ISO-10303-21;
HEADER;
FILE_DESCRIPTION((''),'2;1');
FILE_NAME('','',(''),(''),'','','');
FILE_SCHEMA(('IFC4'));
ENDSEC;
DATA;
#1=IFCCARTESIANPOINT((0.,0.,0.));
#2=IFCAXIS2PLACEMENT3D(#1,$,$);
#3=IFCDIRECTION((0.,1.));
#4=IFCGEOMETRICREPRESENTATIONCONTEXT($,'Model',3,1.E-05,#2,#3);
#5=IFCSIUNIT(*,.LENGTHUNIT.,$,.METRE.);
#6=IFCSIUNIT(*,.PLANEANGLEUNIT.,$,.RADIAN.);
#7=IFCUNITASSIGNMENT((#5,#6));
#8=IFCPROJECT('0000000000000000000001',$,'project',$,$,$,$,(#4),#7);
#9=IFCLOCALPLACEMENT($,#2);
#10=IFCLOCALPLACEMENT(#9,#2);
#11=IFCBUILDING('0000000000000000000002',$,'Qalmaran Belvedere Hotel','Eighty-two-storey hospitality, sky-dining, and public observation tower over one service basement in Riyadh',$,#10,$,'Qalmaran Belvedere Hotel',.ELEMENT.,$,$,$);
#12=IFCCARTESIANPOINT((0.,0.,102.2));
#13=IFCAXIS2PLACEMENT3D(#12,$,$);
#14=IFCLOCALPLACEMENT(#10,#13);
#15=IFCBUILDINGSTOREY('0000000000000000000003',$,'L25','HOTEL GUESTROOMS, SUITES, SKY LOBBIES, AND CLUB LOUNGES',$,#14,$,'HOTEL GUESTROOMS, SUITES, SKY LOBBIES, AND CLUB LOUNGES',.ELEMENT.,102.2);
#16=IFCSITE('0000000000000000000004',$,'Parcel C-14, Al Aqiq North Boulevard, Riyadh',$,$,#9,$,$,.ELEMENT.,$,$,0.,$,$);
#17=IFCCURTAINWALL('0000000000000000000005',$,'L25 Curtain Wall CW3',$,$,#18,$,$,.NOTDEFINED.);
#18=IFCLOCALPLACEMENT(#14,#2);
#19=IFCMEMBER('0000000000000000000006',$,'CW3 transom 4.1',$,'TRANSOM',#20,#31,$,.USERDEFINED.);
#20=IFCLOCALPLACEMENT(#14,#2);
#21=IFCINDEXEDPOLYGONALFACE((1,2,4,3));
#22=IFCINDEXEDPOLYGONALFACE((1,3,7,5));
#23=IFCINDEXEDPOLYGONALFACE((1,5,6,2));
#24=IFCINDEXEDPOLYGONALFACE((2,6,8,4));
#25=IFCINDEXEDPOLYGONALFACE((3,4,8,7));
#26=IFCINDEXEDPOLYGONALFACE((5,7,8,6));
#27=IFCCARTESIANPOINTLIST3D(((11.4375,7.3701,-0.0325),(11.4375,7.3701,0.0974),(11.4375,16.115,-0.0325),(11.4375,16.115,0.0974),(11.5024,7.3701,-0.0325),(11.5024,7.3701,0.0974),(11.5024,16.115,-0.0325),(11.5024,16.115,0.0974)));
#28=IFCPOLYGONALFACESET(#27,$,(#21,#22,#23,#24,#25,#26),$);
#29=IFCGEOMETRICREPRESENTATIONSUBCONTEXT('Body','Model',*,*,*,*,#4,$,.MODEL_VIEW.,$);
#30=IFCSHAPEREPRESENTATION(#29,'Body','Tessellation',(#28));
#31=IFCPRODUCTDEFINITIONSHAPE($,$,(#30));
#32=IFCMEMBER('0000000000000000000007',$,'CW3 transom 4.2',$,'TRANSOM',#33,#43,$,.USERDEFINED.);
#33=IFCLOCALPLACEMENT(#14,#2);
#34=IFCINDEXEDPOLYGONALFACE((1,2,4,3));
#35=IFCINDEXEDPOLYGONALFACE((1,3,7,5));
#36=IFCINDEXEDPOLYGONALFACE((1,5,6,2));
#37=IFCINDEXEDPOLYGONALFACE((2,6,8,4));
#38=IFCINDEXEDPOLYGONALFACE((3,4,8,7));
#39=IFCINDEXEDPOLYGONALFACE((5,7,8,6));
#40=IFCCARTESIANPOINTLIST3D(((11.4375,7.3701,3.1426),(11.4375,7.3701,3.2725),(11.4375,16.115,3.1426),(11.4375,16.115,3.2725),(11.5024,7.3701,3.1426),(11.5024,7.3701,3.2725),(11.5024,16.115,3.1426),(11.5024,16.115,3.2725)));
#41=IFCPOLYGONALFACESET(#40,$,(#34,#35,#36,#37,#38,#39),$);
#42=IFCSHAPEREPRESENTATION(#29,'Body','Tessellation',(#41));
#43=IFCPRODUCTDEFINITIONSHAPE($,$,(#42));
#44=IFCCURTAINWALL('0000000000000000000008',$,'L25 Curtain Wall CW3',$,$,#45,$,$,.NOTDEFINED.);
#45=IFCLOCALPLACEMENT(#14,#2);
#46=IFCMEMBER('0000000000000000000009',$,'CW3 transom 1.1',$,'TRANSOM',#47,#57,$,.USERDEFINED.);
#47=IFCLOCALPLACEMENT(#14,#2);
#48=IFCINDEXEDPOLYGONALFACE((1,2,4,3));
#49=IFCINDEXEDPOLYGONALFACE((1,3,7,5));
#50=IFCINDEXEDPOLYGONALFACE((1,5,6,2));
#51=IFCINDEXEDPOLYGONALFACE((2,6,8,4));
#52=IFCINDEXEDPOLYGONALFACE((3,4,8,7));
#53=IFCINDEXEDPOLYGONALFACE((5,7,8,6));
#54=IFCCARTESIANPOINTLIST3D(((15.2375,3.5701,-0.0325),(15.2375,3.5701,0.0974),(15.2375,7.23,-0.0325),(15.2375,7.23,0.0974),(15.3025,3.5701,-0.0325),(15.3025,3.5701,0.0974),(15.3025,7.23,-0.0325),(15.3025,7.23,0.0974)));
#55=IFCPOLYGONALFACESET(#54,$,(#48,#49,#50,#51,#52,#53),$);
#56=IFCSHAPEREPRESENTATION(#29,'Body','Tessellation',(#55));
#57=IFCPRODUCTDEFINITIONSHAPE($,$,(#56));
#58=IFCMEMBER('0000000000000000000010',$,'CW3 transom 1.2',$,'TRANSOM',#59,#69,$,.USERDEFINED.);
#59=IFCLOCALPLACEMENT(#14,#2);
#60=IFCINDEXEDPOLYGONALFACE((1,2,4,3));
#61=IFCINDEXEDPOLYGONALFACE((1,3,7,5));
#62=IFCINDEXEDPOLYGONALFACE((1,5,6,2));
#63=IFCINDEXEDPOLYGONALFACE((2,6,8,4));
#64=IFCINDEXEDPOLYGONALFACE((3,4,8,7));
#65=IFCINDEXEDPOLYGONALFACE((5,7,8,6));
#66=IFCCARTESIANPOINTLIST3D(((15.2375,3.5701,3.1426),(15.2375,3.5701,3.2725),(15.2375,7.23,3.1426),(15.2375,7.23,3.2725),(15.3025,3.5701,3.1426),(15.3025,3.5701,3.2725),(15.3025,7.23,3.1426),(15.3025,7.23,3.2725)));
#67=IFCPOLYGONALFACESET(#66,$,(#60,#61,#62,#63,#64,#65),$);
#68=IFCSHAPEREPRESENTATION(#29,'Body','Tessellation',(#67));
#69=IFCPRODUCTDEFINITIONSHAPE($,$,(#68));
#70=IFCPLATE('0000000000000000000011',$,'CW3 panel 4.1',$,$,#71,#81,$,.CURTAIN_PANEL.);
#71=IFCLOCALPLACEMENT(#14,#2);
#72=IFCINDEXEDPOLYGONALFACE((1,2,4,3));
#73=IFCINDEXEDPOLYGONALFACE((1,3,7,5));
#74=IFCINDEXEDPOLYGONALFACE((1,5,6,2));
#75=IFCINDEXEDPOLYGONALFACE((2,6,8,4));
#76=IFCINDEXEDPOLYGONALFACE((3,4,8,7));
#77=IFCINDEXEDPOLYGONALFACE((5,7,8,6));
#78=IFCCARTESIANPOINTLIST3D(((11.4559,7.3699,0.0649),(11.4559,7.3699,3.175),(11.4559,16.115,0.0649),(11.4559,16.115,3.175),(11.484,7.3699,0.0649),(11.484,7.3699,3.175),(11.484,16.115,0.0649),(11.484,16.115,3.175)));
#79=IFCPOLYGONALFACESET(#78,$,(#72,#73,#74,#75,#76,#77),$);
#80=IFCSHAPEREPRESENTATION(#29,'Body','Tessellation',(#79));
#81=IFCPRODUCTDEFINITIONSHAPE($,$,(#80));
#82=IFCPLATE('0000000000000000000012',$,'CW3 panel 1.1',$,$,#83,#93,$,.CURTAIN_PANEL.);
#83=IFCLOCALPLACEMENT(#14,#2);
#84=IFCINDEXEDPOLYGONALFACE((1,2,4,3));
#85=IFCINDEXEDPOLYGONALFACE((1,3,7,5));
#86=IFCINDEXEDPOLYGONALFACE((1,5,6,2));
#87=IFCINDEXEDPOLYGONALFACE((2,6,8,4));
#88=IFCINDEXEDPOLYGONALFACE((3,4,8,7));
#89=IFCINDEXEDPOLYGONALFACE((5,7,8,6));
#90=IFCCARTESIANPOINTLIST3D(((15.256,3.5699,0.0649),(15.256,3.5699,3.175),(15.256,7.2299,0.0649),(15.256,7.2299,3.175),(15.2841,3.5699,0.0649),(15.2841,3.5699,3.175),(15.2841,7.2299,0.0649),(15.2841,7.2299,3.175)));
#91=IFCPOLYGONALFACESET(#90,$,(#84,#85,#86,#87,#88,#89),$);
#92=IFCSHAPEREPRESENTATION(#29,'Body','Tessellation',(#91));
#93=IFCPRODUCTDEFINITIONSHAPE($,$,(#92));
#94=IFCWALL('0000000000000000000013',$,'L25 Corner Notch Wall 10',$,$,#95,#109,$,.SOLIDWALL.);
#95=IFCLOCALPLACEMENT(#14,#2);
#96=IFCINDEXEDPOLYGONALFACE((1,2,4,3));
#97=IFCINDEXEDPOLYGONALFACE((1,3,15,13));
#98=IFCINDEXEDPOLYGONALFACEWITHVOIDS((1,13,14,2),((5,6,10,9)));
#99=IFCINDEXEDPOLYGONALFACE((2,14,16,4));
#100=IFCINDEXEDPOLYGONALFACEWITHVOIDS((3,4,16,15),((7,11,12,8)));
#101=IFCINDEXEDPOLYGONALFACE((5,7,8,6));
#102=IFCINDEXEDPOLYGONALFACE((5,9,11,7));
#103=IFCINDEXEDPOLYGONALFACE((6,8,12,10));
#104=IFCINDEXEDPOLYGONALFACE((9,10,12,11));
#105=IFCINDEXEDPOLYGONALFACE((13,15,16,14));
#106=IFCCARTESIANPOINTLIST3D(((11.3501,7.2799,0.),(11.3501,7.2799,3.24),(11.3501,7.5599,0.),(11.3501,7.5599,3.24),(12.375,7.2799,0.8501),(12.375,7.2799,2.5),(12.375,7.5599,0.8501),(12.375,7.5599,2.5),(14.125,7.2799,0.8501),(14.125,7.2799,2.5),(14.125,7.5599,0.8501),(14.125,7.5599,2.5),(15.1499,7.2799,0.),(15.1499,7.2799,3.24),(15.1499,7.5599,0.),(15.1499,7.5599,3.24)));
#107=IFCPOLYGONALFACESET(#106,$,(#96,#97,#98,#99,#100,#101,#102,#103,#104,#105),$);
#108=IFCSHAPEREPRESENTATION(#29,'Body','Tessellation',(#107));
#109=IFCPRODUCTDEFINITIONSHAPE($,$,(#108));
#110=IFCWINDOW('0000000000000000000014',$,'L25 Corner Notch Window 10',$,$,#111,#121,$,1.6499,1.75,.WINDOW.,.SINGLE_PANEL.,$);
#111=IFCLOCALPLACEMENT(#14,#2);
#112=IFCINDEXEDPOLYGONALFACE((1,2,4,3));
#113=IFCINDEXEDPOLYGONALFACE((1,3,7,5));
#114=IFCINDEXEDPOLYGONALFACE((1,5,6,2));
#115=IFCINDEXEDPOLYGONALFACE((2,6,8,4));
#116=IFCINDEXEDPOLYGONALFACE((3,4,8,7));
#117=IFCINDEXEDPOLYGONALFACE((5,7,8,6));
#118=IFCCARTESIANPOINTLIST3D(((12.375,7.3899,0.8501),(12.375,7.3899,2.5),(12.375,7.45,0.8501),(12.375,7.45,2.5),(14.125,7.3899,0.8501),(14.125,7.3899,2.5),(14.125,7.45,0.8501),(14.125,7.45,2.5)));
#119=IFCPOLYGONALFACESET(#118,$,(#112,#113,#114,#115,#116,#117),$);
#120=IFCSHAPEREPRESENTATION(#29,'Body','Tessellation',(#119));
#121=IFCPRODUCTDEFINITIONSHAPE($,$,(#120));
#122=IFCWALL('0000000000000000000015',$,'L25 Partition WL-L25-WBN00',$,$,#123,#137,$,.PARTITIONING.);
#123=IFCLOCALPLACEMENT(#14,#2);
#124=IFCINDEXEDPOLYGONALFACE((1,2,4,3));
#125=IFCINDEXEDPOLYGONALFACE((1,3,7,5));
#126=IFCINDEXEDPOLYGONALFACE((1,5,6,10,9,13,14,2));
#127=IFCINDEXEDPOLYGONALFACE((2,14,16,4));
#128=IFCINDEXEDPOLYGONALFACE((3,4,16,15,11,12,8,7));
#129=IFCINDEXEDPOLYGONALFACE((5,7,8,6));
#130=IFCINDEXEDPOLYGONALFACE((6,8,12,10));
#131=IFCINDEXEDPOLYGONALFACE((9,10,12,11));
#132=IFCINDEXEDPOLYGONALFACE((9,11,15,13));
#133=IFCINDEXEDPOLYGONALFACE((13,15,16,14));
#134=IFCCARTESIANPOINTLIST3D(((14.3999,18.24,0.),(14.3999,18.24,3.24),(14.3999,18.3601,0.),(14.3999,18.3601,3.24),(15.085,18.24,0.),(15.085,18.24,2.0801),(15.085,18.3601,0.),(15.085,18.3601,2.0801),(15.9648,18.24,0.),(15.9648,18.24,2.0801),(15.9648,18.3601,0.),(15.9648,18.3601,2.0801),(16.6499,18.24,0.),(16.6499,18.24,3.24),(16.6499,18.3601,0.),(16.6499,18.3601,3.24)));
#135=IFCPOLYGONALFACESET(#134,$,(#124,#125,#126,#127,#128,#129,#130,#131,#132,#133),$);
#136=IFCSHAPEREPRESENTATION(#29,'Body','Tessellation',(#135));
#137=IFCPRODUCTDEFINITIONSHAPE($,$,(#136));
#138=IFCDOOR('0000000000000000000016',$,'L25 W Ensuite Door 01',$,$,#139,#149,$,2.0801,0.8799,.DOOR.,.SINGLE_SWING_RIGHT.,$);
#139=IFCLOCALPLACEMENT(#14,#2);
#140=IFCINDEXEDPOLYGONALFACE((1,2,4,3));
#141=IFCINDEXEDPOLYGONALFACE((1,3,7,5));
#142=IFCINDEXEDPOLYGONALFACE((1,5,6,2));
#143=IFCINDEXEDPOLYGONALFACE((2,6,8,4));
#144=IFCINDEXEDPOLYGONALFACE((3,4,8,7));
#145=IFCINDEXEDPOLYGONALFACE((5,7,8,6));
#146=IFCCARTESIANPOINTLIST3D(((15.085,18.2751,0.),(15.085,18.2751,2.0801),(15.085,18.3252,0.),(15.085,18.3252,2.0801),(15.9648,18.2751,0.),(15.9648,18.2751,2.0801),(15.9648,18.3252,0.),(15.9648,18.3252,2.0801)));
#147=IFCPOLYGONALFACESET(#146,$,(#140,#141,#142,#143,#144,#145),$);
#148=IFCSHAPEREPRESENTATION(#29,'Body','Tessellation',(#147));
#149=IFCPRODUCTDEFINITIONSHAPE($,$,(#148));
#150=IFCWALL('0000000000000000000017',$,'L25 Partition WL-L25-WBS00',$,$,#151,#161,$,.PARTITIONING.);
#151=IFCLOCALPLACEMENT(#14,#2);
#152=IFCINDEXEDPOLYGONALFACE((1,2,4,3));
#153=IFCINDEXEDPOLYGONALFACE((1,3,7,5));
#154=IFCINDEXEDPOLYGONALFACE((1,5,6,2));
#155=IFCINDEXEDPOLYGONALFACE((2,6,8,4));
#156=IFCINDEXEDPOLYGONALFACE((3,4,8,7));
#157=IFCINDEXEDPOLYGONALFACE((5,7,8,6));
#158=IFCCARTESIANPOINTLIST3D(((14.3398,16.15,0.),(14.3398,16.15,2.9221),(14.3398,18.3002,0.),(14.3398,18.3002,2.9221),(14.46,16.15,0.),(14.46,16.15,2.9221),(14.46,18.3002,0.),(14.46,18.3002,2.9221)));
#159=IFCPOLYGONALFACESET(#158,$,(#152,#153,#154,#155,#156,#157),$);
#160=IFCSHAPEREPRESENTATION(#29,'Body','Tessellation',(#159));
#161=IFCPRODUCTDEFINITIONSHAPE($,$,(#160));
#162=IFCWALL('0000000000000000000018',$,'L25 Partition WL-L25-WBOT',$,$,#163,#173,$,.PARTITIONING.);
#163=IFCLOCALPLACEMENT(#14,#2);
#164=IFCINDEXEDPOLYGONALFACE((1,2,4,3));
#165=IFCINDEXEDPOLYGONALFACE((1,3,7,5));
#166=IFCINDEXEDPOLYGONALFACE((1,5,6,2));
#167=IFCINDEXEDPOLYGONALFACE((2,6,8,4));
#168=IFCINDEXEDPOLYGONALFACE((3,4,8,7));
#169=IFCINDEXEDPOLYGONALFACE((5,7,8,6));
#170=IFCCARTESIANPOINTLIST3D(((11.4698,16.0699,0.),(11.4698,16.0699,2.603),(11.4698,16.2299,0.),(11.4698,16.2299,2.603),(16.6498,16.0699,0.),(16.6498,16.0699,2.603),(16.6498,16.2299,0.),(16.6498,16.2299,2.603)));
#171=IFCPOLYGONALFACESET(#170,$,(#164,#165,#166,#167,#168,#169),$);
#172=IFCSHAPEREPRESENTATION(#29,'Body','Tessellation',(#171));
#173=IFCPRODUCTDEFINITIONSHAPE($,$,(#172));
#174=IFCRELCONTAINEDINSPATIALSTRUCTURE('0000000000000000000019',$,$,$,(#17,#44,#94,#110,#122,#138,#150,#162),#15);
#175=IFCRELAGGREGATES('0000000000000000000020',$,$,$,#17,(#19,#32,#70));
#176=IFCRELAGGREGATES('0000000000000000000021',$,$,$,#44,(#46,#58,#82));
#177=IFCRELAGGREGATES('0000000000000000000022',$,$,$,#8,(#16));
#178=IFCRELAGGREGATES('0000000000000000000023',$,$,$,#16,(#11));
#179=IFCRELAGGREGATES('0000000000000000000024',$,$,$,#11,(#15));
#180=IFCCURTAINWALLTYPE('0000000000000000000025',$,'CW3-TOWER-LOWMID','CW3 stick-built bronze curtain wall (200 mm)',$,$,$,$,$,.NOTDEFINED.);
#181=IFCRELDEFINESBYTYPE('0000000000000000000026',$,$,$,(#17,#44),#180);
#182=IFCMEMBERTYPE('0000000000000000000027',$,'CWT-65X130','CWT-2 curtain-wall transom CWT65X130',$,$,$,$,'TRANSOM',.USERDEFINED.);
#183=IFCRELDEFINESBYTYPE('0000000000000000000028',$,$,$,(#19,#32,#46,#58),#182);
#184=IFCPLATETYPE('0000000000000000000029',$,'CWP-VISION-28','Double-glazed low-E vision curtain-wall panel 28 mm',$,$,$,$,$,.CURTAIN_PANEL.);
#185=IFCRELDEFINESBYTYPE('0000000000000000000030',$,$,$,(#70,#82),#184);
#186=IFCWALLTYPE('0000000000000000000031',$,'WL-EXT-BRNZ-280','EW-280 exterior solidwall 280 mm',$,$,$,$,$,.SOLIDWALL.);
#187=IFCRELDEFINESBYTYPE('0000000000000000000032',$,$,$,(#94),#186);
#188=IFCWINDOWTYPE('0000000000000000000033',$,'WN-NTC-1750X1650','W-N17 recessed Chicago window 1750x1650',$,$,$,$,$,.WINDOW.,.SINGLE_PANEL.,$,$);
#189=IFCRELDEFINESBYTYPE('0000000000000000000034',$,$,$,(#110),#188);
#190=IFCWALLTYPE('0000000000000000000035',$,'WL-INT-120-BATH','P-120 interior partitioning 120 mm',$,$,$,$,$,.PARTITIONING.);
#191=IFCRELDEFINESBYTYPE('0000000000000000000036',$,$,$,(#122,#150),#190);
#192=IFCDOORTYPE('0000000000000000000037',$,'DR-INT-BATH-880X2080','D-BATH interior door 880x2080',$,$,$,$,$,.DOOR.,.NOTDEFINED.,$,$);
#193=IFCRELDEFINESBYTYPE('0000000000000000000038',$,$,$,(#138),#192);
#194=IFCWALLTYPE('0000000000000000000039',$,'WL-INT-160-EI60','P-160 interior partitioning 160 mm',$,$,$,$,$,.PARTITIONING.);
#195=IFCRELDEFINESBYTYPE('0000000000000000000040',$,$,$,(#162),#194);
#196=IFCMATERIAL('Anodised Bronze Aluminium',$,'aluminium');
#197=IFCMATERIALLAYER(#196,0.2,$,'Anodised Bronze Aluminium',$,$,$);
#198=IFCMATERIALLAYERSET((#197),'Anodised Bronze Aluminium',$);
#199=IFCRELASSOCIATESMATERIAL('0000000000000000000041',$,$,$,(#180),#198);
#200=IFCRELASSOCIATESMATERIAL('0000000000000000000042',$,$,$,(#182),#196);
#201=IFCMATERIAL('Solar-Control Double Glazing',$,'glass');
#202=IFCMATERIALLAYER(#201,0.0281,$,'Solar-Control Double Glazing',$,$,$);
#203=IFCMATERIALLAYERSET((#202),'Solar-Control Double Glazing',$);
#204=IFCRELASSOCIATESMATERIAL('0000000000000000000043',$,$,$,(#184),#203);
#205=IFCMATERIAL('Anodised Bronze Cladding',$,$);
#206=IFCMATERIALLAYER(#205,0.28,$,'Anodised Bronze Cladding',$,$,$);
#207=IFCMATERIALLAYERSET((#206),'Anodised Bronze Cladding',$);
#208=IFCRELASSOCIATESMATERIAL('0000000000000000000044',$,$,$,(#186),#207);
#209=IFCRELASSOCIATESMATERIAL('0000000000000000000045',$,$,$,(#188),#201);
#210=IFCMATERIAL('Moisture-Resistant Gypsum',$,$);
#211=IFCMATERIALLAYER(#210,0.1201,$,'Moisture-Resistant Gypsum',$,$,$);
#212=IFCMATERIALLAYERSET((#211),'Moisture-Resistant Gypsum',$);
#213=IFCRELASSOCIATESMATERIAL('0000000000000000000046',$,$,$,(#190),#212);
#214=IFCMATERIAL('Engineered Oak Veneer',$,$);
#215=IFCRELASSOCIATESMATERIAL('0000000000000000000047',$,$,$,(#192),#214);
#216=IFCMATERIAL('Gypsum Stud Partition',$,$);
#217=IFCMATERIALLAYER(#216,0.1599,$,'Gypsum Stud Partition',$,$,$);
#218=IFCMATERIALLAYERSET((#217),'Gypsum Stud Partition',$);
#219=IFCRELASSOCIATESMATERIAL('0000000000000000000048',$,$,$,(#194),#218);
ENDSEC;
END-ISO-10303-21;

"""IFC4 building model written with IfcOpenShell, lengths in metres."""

from ifc_helpers import new_model, si_unit, direction, frame, frame_2d, origin, origin_2d, place, context, subcontext, project, spatial, rectangle, extrude, material, layer, layer_set, material_profile, profile_set, type_object, element, fill, aggregate, save


model = new_model("IFC4")

# Units and contexts
model_context = context("Model", 3, precision=1e-05, world=origin(), true_north=direction((0.0, 1.0)))
body_context = subcontext(model_context, "Body", "Model", "MODEL_VIEW")
ifc_project = project(units=[si_unit("LENGTHUNIT", "METRE"), si_unit("PLANEANGLEUNIT", "RADIAN")], contexts=[model_context])

# Site, building, storey
site_placement = place(None, origin())
site = spatial("IfcSite", under=ifc_project, at=site_placement, Name="Parcel C-14, Al Aqiq North Boulevard, Riyadh", CompositionType="ELEMENT", RefElevation=0.0)
building_placement = place(site_placement, origin())
building = spatial("IfcBuilding", under=site, at=building_placement, Name="Qalmaran Belvedere Hotel", Description="Eighty-two-storey hospitality, sky-dining, and public observation tower over one service basement in Riyadh", LongName="Qalmaran Belvedere Hotel", CompositionType="ELEMENT")
storey_placement = place(building_placement, frame((0.0, 0.0, 102.2)))
storey = spatial("IfcBuildingStorey", under=building, at=storey_placement, Name="L25", Description="HOTEL GUESTROOMS, SUITES, SKY LOBBIES, AND CLUB LOUNGES", LongName="HOTEL GUESTROOMS, SUITES, SKY LOBBIES, AND CLUB LOUNGES", CompositionType="ELEMENT", Elevation=102.2)

# Curtain wall
ifc_material_1 = material(Name="Anodised Bronze Aluminium", Category="aluminium")
ifc_layer_1 = layer(ifc_material_1, 0.2, Name="Anodised Bronze Aluminium")
ifc_layer_set_1 = layer_set([ifc_layer_1], Name="Anodised Bronze Aluminium")
curtain_wall_type = type_object("IfcCurtainWallType", Name="CW3-TOWER-LOWMID", Description="CW3 stick-built bronze curtain wall (200 mm)", PredefinedType="NOTDEFINED", material=ifc_layer_set_1)
curtain_wall_1_placement = place(storey_placement, origin())
curtain_wall_1 = element("IfcCurtainWall", 1, at=curtain_wall_1_placement, inside=storey, type_object=curtain_wall_type, Name="L25 Curtain Wall CW3", PredefinedType="NOTDEFINED")

# Shared definitions
ifc_material_profile_1 = material_profile(ifc_material_1, rectangle(XDim=0.0649, YDim=0.1299, at=origin_2d()), Name="CWT65X130")
ifc_profile_set_1 = profile_set([ifc_material_profile_1], Name="Anodised Bronze Aluminium")
member_type_1 = type_object("IfcMemberType", Name="CWT-65X130", Description="CWT-2 curtain-wall transom CWT65X130", ElementType="TRANSOM", PredefinedType="USERDEFINED", material=ifc_profile_set_1)

# Members
member_1_placement = place(storey_placement, frame((11.47, 16.115, 0.0325), z_axis=(0.0, -1.0, 0.0), x_axis=(1.0, 0.0, 0.0)))
member_1 = element("IfcMember", 2, at=member_1_placement, type_object=member_type_1, Name="CW3 transom 4.1", ObjectType="TRANSOM", PredefinedType="USERDEFINED", context=body_context, shape_type="SweptSolid", body=[
    extrude(rectangle(XDim=0.0649, YDim=0.1299, at=origin_2d()), origin(), (0.0, 0.0, 1.0), 8.7449),
])
member_2_placement = place(storey_placement, frame((11.47, 16.115, 3.2075), z_axis=(0.0, -1.0, 0.0), x_axis=(1.0, 0.0, 0.0)))
member_2 = element("IfcMember", 3, at=member_2_placement, type_object=member_type_1, Name="CW3 transom 4.2", ObjectType="TRANSOM", PredefinedType="USERDEFINED", context=body_context, shape_type="SweptSolid", body=[
    extrude(rectangle(XDim=0.0649, YDim=0.1299, at=origin_2d()), origin(), (0.0, 0.0, 1.0), 8.7449),
])

# Curtain wall, members
curtain_wall_2_placement = place(storey_placement, origin())
curtain_wall_2 = element("IfcCurtainWall", 4, at=curtain_wall_2_placement, inside=storey, type_object=curtain_wall_type, Name="L25 Curtain Wall CW3", PredefinedType="NOTDEFINED")
member_3_placement = place(storey_placement, frame((15.27, 7.23, 0.0325), z_axis=(0.0, -1.0, 0.0), x_axis=(1.0, 0.0, 0.0)))
member_3 = element("IfcMember", 5, at=member_3_placement, type_object=member_type_1, Name="CW3 transom 1.1", ObjectType="TRANSOM", PredefinedType="USERDEFINED", context=body_context, shape_type="SweptSolid", body=[
    extrude(rectangle(XDim=0.0649, YDim=0.1299, at=origin_2d()), origin(), (0.0, 0.0, 1.0), 3.6599),
])
member_4_placement = place(storey_placement, frame((15.27, 7.23, 3.2075), z_axis=(0.0, -1.0, 0.0), x_axis=(1.0, 0.0, 0.0)))
member_4 = element("IfcMember", 6, at=member_4_placement, type_object=member_type_1, Name="CW3 transom 1.2", ObjectType="TRANSOM", PredefinedType="USERDEFINED", context=body_context, shape_type="SweptSolid", body=[
    extrude(rectangle(XDim=0.0649, YDim=0.1299, at=origin_2d()), origin(), (0.0, 0.0, 1.0), 3.6599),
])

# Plates
ifc_material_2 = material(Name="Solar-Control Double Glazing", Category="glass")
ifc_layer_2 = layer(ifc_material_2, 0.0281, Name="Solar-Control Double Glazing")
ifc_layer_set_2 = layer_set([ifc_layer_2], Name="Solar-Control Double Glazing")
plate_type = type_object("IfcPlateType", Name="CWP-VISION-28", Description="Double-glazed low-E vision curtain-wall panel 28 mm", PredefinedType="CURTAIN_PANEL", material=ifc_layer_set_2)
plate_1_placement = place(storey_placement, frame((11.47, 11.7424, 0.0649), z_axis=(0.0, 0.0, 1.0), x_axis=(0.0, -1.0, 0.0)))
plate_1 = element("IfcPlate", 7, at=plate_1_placement, type_object=plate_type, Name="CW3 panel 4.1", PredefinedType="CURTAIN_PANEL", context=body_context, shape_type="SweptSolid", body=[
    extrude(rectangle(XDim=8.7451, YDim=0.0281, at=origin_2d()), origin(), (0.0, 0.0, 1.0), 3.1101),
])
aggregate(curtain_wall_1, [member_1, member_2, plate_1])
plate_2_placement = place(storey_placement, frame((15.27, 5.3999, 0.0649), z_axis=(0.0, 0.0, 1.0), x_axis=(0.0, -1.0, 0.0)))
plate_2 = element("IfcPlate", 8, at=plate_2_placement, type_object=plate_type, Name="CW3 panel 1.1", PredefinedType="CURTAIN_PANEL", context=body_context, shape_type="SweptSolid", body=[
    extrude(rectangle(XDim=3.6599, YDim=0.0281, at=origin_2d()), origin(), (0.0, 0.0, 1.0), 3.1101),
])
aggregate(curtain_wall_2, [member_3, member_4, plate_2])

# Wall, opening, window
ifc_material_3 = material(Name="Anodised Bronze Cladding")
ifc_layer_3 = layer(ifc_material_3, 0.28, Name="Anodised Bronze Cladding")
ifc_layer_set_3 = layer_set([ifc_layer_3], Name="Anodised Bronze Cladding")
wall_type_1 = type_object("IfcWallType", Name="WL-EXT-BRNZ-280", Description="EW-280 exterior solidwall 280 mm", PredefinedType="SOLIDWALL", material=ifc_layer_set_3)
wall_1_placement = place(storey_placement, frame((11.3501, 7.4199, 0.0), z_axis=(0.0, 0.0, 1.0), x_axis=(1.0, 0.0, 0.0)))
wall_1 = element("IfcWall", 9, at=wall_1_placement, inside=storey, type_object=wall_type_1, Name="L25 Corner Notch Wall 10", PredefinedType="SOLIDWALL", context=body_context, shape_type="SweptSolid", body=[
    extrude(rectangle(XDim=3.7998, YDim=0.28, at=frame_2d((1.8999, 0.0))), origin(), (0.0, 0.0, 1.0), 3.24),
])
opening_1_placement = place(wall_1_placement, frame((1.0249, 0.0, 0.8501)))
opening_1 = element("IfcOpeningElement", 10, at=opening_1_placement, cuts=wall_1, PredefinedType="OPENING", context=body_context, shape_type="SweptSolid", body=[
    extrude(rectangle(XDim=1.75, YDim=1.6499, at=frame_2d((0.875, 0.825))), frame((0.0, 0.1499, 0.0), z_axis=(0.0, -1.0, 0.0), x_axis=(1.0, 0.0, 0.0)), (0.0, 0.0, 1.0), 0.3),
])
window_type = type_object("IfcWindowType", Name="WN-NTC-1750X1650", Description="W-N17 recessed Chicago window 1750x1650", PartitioningType="SINGLE_PANEL", PredefinedType="WINDOW", material=ifc_material_2)
window_placement = place(opening_1_placement, origin())
window = element("IfcWindow", 11, at=window_placement, inside=storey, type_object=window_type, Name="L25 Corner Notch Window 10", OverallHeight=1.6499, OverallWidth=1.75, PartitioningType="SINGLE_PANEL", PredefinedType="WINDOW", context=body_context, shape_type="SweptSolid", body=[
    extrude(rectangle(XDim=1.75, YDim=1.6499, at=frame_2d((0.875, 0.825))), frame((0.0, 0.03, 0.0), z_axis=(0.0, -1.0, 0.0), x_axis=(1.0, 0.0, 0.0)), (0.0, 0.0, 1.0), 0.0601),
])
fill(opening_1, window)

# Wall, opening, door
ifc_material_4 = material(Name="Moisture-Resistant Gypsum")
ifc_layer_4 = layer(ifc_material_4, 0.1201, Name="Moisture-Resistant Gypsum")
ifc_layer_set_4 = layer_set([ifc_layer_4], Name="Moisture-Resistant Gypsum")
wall_type_2 = type_object("IfcWallType", Name="WL-INT-120-BATH", Description="P-120 interior partitioning 120 mm", PredefinedType="PARTITIONING", material=ifc_layer_set_4)
wall_2_placement = place(storey_placement, frame((14.3999, 18.3, 0.0), z_axis=(0.0, 0.0, 1.0), x_axis=(1.0, 0.0, 0.0)))
wall_2 = element("IfcWall", 12, at=wall_2_placement, inside=storey, type_object=wall_type_2, Name="L25 Partition WL-L25-WBN00", PredefinedType="PARTITIONING", context=body_context, shape_type="SweptSolid", body=[
    extrude(rectangle(XDim=2.25, YDim=0.1201, at=frame_2d((1.125, 0.0))), origin(), (0.0, 0.0, 1.0), 3.24),
])
opening_2_placement = place(wall_2_placement, frame((1.5649, 0.0, 0.0), z_axis=(0.0, 0.0, 1.0), x_axis=(-1.0, 0.0, 0.0)))
opening_2 = element("IfcOpeningElement", 13, at=opening_2_placement, cuts=wall_2, PredefinedType="OPENING", context=body_context, shape_type="SweptSolid", body=[
    extrude(rectangle(XDim=0.8799, YDim=2.0801, at=frame_2d((0.4399, 1.04))), frame((0.0, 0.0701, 0.0), z_axis=(0.0, -1.0, 0.0), x_axis=(1.0, 0.0, 0.0)), (0.0, 0.0, 1.0), 0.1401),
])
ifc_material_5 = material(Name="Engineered Oak Veneer")
door_type = type_object("IfcDoorType", Name="DR-INT-BATH-880X2080", Description="D-BATH interior door 880x2080", OperationType="NOTDEFINED", PredefinedType="DOOR", material=ifc_material_5)
door_placement = place(opening_2_placement, origin())
door = element("IfcDoor", 14, at=door_placement, inside=storey, type_object=door_type, Name="L25 W Ensuite Door 01", OperationType="SINGLE_SWING_RIGHT", OverallHeight=2.0801, OverallWidth=0.8799, PredefinedType="DOOR", context=body_context, shape_type="SweptSolid", body=[
    extrude(rectangle(XDim=0.8799, YDim=2.0801, at=frame_2d((0.4399, 1.04))), frame((0.0, 0.0249, 0.0), z_axis=(0.0, -1.0, 0.0), x_axis=(1.0, 0.0, 0.0)), (0.0, 0.0, 1.0), 0.05),
])
fill(opening_2, door)

# Walls
wall_3_placement = place(storey_placement, frame((14.3999, 16.1499, 0.0), z_axis=(0.0, 0.0, 1.0), x_axis=(0.0, 1.0, 0.0)))
element("IfcWall", 15, at=wall_3_placement, inside=storey, type_object=wall_type_2, Name="L25 Partition WL-L25-WBS00", PredefinedType="PARTITIONING", context=body_context, shape_type="SweptSolid", body=[
    extrude(rectangle(XDim=2.1501, YDim=0.1201, at=frame_2d((1.0752, 0.0))), origin(), (0.0, 0.0, 1.0), 2.9221),
])
ifc_material_6 = material(Name="Gypsum Stud Partition")
ifc_layer_5 = layer(ifc_material_6, 0.1599, Name="Gypsum Stud Partition")
ifc_layer_set_5 = layer_set([ifc_layer_5], Name="Gypsum Stud Partition")
wall_type_3 = type_object("IfcWallType", Name="WL-INT-160-EI60", Description="P-160 interior partitioning 160 mm", PredefinedType="PARTITIONING", material=ifc_layer_set_5)
wall_4_placement = place(storey_placement, frame((11.47, 16.1499, 0.0), z_axis=(0.0, 0.0, 1.0), x_axis=(1.0, 0.0, 0.0)))
element("IfcWall", 16, at=wall_4_placement, inside=storey, type_object=wall_type_3, Name="L25 Partition WL-L25-WBOT", PredefinedType="PARTITIONING", context=body_context, shape_type="SweptSolid", body=[
    extrude(rectangle(XDim=5.1799, YDim=0.1599, at=frame_2d((2.5898, 0.0))), origin(), (0.0, 0.0, 1.0), 2.603),
])

save(model, "model.ifc")
